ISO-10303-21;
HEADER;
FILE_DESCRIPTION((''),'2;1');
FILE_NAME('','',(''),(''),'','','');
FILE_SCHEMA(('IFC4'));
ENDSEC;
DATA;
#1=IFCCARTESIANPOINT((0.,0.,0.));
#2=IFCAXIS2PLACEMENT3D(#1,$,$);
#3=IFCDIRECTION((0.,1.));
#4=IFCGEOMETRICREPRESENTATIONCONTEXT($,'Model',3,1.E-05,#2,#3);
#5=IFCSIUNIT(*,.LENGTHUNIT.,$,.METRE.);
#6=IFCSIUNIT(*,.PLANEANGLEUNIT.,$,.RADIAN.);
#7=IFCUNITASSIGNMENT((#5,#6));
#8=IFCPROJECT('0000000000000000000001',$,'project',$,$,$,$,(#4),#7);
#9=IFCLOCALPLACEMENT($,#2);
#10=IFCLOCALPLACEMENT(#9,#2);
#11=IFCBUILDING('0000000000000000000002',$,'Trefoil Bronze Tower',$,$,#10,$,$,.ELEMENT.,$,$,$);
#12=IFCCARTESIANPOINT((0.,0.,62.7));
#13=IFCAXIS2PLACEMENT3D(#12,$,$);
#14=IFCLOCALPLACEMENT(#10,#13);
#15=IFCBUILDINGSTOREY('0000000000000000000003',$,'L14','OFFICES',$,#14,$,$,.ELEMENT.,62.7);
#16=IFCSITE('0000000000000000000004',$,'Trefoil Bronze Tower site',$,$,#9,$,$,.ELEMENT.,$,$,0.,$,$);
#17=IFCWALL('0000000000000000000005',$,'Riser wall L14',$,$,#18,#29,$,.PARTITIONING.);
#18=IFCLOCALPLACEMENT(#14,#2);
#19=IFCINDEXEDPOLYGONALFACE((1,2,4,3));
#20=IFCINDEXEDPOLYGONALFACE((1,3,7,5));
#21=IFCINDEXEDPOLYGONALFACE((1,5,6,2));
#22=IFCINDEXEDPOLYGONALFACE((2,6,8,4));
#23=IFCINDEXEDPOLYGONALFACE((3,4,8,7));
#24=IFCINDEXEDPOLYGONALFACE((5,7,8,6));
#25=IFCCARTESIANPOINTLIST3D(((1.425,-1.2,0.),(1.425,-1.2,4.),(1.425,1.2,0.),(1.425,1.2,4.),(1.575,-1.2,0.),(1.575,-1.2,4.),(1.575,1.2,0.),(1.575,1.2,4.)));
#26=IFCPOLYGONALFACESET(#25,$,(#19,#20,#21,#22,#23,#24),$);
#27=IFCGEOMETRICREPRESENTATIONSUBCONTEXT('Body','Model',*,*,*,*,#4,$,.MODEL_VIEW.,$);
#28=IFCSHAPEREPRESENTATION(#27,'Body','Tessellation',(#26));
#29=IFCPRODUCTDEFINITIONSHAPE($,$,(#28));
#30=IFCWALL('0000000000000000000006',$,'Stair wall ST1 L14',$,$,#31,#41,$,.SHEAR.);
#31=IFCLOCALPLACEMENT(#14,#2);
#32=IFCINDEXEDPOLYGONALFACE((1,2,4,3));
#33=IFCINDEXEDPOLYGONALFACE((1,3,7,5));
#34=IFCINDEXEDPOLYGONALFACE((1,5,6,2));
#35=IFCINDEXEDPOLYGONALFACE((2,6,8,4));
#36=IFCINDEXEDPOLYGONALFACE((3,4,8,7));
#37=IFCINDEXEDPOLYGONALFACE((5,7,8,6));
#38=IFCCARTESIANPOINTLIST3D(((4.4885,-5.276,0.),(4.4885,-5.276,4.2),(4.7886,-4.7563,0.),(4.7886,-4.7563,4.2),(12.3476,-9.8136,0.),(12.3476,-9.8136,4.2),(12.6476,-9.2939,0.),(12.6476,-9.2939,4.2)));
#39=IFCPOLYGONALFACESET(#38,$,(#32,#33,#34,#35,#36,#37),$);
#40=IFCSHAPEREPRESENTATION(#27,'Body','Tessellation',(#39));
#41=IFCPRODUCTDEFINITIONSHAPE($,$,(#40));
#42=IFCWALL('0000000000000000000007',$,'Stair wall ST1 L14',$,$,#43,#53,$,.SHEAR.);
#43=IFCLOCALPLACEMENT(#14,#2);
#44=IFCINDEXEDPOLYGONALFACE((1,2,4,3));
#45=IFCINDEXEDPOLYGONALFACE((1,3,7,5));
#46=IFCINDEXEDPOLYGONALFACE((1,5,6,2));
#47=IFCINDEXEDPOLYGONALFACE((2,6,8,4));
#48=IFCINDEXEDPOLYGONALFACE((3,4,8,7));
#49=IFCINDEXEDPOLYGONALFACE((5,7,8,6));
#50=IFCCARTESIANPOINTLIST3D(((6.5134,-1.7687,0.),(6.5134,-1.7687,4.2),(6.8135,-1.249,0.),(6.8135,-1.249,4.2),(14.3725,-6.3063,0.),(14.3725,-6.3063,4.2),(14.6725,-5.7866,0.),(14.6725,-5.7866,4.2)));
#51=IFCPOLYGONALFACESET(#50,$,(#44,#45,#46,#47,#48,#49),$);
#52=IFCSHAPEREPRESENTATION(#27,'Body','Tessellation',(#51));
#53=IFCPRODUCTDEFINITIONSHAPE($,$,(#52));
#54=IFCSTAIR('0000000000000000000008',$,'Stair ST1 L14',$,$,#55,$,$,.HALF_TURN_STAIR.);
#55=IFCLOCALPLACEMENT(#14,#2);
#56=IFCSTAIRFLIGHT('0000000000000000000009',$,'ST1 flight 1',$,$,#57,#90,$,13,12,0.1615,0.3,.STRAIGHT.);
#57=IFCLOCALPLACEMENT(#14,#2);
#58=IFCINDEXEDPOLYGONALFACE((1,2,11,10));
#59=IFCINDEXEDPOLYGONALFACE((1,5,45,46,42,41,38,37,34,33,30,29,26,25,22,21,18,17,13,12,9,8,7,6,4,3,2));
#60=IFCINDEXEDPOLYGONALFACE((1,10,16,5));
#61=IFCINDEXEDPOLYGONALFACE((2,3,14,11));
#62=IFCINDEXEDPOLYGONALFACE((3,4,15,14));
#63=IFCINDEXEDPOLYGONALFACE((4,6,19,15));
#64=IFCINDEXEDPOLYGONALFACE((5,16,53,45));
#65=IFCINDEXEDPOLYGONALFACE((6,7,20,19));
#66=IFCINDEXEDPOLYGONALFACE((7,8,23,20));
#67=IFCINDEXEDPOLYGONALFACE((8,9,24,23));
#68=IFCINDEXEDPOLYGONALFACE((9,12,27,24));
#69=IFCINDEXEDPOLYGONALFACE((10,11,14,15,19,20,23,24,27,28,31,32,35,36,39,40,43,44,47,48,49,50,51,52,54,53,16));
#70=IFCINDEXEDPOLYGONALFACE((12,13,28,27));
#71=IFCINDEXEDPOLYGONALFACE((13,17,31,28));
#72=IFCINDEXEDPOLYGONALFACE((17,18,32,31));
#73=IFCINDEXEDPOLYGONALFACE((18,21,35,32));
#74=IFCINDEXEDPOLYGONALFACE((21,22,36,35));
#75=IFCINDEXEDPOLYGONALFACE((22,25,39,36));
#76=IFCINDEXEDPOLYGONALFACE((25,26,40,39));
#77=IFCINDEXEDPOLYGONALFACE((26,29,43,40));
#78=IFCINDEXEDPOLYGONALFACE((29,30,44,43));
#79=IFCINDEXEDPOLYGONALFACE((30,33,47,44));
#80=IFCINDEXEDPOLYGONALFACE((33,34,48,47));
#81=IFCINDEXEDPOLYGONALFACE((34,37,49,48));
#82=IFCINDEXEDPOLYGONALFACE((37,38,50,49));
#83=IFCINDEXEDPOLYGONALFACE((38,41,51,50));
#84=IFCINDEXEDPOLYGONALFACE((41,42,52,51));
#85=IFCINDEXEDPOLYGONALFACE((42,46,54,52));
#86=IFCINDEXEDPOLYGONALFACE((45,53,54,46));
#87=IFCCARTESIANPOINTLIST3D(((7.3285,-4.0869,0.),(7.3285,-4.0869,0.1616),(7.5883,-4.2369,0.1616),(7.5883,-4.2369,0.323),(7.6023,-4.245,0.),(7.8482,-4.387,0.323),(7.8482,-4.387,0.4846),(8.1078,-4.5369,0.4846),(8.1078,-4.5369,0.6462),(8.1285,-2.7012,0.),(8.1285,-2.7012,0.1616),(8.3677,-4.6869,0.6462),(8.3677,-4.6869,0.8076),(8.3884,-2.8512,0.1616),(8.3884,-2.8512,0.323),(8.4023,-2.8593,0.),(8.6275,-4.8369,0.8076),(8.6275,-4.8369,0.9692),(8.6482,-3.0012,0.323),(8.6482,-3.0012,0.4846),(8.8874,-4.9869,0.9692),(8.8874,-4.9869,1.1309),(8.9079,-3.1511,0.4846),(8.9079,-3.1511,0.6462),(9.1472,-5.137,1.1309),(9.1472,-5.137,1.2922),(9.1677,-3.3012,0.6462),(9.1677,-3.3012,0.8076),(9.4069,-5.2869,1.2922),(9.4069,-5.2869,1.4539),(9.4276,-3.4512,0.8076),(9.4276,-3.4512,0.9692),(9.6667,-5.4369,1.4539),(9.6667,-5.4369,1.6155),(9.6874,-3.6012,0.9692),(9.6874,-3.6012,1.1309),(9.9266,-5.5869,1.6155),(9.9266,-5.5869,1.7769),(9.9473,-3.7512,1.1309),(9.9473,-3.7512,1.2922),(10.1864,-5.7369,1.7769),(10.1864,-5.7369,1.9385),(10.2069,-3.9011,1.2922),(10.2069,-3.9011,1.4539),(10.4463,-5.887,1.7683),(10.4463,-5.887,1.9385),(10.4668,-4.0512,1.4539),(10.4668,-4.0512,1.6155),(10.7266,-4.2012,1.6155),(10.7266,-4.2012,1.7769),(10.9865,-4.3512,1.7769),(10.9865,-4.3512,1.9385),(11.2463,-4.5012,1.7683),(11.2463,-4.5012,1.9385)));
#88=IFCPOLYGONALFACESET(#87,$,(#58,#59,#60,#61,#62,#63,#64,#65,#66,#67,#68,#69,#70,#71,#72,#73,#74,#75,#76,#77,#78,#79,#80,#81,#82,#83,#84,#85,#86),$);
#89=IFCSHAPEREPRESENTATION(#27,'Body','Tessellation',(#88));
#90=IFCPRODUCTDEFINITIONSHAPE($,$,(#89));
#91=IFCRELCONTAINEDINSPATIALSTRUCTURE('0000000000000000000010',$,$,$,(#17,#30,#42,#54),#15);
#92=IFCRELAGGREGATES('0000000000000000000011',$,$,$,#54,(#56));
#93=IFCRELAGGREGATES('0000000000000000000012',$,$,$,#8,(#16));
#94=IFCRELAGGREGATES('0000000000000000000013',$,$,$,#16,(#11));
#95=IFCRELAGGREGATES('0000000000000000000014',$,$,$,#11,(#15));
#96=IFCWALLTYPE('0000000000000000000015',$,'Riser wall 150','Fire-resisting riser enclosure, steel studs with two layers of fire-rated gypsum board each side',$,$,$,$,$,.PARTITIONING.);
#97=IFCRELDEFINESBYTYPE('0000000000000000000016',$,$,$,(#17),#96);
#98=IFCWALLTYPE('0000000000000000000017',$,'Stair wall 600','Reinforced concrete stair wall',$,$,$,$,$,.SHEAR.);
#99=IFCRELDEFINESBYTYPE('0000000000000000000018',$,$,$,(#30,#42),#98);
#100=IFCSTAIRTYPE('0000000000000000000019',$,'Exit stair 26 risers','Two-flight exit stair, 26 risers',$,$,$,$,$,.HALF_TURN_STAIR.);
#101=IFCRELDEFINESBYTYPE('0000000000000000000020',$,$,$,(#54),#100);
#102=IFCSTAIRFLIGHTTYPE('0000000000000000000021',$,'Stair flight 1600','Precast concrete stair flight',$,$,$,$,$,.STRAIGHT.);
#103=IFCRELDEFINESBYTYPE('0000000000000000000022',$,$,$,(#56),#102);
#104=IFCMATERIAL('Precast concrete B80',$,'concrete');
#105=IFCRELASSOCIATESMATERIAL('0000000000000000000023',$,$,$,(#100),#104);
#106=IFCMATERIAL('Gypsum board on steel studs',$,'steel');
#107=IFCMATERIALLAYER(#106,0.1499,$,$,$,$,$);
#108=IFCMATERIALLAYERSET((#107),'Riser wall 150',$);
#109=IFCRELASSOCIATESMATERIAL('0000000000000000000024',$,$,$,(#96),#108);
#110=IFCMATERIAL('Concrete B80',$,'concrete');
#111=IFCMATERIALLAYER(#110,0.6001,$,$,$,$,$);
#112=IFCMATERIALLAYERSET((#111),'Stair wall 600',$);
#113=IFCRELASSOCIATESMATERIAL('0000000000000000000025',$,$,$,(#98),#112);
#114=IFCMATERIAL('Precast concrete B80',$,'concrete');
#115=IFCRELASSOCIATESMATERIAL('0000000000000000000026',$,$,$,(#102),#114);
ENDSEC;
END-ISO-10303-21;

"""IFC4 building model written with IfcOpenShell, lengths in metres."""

from ifc_helpers import new_model, si_unit, direction, frame, frame_2d, origin, place, context, subcontext, project, spatial, polyline, rectangle, outline, extrude, material, layer, layer_set, type_object, element, aggregate, save


model = new_model("IFC4")

# Units and contexts
model_context = context("Model", 3, precision=1e-05, world=origin(), true_north=direction((0.0, 1.0)))
body_context = subcontext(model_context, "Body", "Model", "MODEL_VIEW")
ifc_project = project(units=[si_unit("LENGTHUNIT", "METRE"), si_unit("PLANEANGLEUNIT", "RADIAN")], contexts=[model_context])

# Site, building, storey
site_placement = place(None, origin())
site = spatial("IfcSite", under=ifc_project, at=site_placement, Name="Trefoil Bronze Tower site", CompositionType="ELEMENT", RefElevation=0.0)
building_placement = place(site_placement, origin())
building = spatial("IfcBuilding", under=site, at=building_placement, Name="Trefoil Bronze Tower", CompositionType="ELEMENT")
storey_placement = place(building_placement, frame((0.0, 0.0, 62.7)))
storey = spatial("IfcBuildingStorey", under=building, at=storey_placement, Name="L14", Description="OFFICES", CompositionType="ELEMENT", Elevation=62.7)

# Shared definitions
ifc_material_1 = material(Name="Precast concrete B80", Category="concrete")
stair_type = type_object("IfcStairType", Name="Exit stair 26 risers", Description="Two-flight exit stair, 26 risers", PredefinedType="HALF_TURN_STAIR", material=ifc_material_1)

# Walls
ifc_material_2 = material(Name="Gypsum board on steel studs", Category="steel")
ifc_layer_1 = layer(ifc_material_2, 0.1499)
ifc_layer_set_1 = layer_set([ifc_layer_1], Name="Riser wall 150")
wall_type_1 = type_object("IfcWallType", Name="Riser wall 150", Description="Fire-resisting riser enclosure, steel studs with two layers of fire-rated gypsum board each side", PredefinedType="PARTITIONING", material=ifc_layer_set_1)
wall_1_placement = place(storey_placement, frame((1.5, -1.2, 0.0), z_axis=(0.0, 0.0, 1.0), x_axis=(0.0, 1.0, 0.0)))
element("IfcWall", 1, at=wall_1_placement, inside=storey, type_object=wall_type_1, Name="Riser wall L14", PredefinedType="PARTITIONING", context=body_context, shape_type="SweptSolid", body=[
    extrude(rectangle(XDim=2.3999, YDim=0.1499, at=frame_2d((1.2, 0.0))), origin(), (0.0, 0.0, 1.0), 4.0),
])
ifc_material_3 = material(Name="Concrete B80", Category="concrete")
ifc_layer_2 = layer(ifc_material_3, 0.6001)
ifc_layer_set_2 = layer_set([ifc_layer_2], Name="Stair wall 600")
wall_type_2 = type_object("IfcWallType", Name="Stair wall 600", Description="Reinforced concrete stair wall", PredefinedType="SHEAR", material=ifc_layer_set_2)
for number, where, z_axis, x_axis, name in (
    (2, (4.6384, -5.0161, 0.0), (0.0, 0.0, 1.0), (0.866019, -0.50001, 0.0), "Stair wall ST1 L14"),
    (3, (6.6633, -1.5088, 0.0), (0.0, 0.0, 1.0), (0.866019, -0.50001, 0.0), "Stair wall ST1 L14"),
):
    element("IfcWall", number, at=place(storey_placement, frame(where, z_axis=z_axis, x_axis=x_axis)), inside=storey, type_object=wall_type_2, Name=name, PredefinedType="SHEAR", context=body_context, shape_type="SweptSolid", body=[
        extrude(rectangle(XDim=9.075, YDim=0.6001, at=frame_2d((4.5376, 0.0))), origin(), (0.0, 0.0, 1.0), 4.2),
    ])

# Stair, stair flight
stair_1_placement = place(storey_placement, origin())
stair_1 = element("IfcStair", 4, at=stair_1_placement, inside=storey, type_object=stair_type, Name="Stair ST1 L14", PredefinedType="HALF_TURN_STAIR")
ifc_material_4 = material(Name="Precast concrete B80", Category="concrete")
stair_flight_type = type_object("IfcStairFlightType", Name="Stair flight 1600", Description="Precast concrete stair flight", PredefinedType="STRAIGHT", material=ifc_material_4)
stair_flight_placement = place(storey_placement, frame((7.7285, -3.394, 0.0), z_axis=(0.0, 0.0, 1.0), x_axis=(0.866025, -0.5, 0.0)))
stair_flight = element("IfcStairFlight", 5, at=stair_flight_placement, type_object=stair_flight_type, Name="ST1 flight 1", NumberOfRisers=13, NumberOfTreads=12, PredefinedType="STRAIGHT", RiserHeight=0.1615, TreadLength=0.3, context=body_context, shape_type="SweptSolid", body=[
    extrude(outline(polyline([(0.0, 0.0), (0.0, 0.1616), (0.3, 0.1616), (0.3, 0.323), (0.6001, 0.323), (0.6001, 0.4846), (0.8999, 0.4846), (0.8999, 0.6462), (1.2, 0.6462), (1.2, 0.8076), (1.5, 0.8076), (1.5, 0.9692), (1.8, 0.9692), (1.8, 1.1309), (2.1001, 1.1309), (2.1001, 1.2922), (2.3999, 1.2922), (2.3999, 1.4539), (2.7, 1.4539), (2.7, 1.6155), (3.0, 1.6155), (3.0, 1.7769), (3.3, 1.7769), (3.3, 1.9385), (3.6001, 1.9385), (3.6001, 2.1001), (3.6001, 1.7683), (0.3162, 0.0), (0.0, 0.0)])), frame((0.0, 0.8, 0.0), z_axis=(0.0, -1.0, 0.0), x_axis=(1.0, 0.0, 0.0)), (0.0, 0.0, 1.0), 1.6001),
])
aggregate(stair_1, [stair_flight])

save(model, "model.ifc")
